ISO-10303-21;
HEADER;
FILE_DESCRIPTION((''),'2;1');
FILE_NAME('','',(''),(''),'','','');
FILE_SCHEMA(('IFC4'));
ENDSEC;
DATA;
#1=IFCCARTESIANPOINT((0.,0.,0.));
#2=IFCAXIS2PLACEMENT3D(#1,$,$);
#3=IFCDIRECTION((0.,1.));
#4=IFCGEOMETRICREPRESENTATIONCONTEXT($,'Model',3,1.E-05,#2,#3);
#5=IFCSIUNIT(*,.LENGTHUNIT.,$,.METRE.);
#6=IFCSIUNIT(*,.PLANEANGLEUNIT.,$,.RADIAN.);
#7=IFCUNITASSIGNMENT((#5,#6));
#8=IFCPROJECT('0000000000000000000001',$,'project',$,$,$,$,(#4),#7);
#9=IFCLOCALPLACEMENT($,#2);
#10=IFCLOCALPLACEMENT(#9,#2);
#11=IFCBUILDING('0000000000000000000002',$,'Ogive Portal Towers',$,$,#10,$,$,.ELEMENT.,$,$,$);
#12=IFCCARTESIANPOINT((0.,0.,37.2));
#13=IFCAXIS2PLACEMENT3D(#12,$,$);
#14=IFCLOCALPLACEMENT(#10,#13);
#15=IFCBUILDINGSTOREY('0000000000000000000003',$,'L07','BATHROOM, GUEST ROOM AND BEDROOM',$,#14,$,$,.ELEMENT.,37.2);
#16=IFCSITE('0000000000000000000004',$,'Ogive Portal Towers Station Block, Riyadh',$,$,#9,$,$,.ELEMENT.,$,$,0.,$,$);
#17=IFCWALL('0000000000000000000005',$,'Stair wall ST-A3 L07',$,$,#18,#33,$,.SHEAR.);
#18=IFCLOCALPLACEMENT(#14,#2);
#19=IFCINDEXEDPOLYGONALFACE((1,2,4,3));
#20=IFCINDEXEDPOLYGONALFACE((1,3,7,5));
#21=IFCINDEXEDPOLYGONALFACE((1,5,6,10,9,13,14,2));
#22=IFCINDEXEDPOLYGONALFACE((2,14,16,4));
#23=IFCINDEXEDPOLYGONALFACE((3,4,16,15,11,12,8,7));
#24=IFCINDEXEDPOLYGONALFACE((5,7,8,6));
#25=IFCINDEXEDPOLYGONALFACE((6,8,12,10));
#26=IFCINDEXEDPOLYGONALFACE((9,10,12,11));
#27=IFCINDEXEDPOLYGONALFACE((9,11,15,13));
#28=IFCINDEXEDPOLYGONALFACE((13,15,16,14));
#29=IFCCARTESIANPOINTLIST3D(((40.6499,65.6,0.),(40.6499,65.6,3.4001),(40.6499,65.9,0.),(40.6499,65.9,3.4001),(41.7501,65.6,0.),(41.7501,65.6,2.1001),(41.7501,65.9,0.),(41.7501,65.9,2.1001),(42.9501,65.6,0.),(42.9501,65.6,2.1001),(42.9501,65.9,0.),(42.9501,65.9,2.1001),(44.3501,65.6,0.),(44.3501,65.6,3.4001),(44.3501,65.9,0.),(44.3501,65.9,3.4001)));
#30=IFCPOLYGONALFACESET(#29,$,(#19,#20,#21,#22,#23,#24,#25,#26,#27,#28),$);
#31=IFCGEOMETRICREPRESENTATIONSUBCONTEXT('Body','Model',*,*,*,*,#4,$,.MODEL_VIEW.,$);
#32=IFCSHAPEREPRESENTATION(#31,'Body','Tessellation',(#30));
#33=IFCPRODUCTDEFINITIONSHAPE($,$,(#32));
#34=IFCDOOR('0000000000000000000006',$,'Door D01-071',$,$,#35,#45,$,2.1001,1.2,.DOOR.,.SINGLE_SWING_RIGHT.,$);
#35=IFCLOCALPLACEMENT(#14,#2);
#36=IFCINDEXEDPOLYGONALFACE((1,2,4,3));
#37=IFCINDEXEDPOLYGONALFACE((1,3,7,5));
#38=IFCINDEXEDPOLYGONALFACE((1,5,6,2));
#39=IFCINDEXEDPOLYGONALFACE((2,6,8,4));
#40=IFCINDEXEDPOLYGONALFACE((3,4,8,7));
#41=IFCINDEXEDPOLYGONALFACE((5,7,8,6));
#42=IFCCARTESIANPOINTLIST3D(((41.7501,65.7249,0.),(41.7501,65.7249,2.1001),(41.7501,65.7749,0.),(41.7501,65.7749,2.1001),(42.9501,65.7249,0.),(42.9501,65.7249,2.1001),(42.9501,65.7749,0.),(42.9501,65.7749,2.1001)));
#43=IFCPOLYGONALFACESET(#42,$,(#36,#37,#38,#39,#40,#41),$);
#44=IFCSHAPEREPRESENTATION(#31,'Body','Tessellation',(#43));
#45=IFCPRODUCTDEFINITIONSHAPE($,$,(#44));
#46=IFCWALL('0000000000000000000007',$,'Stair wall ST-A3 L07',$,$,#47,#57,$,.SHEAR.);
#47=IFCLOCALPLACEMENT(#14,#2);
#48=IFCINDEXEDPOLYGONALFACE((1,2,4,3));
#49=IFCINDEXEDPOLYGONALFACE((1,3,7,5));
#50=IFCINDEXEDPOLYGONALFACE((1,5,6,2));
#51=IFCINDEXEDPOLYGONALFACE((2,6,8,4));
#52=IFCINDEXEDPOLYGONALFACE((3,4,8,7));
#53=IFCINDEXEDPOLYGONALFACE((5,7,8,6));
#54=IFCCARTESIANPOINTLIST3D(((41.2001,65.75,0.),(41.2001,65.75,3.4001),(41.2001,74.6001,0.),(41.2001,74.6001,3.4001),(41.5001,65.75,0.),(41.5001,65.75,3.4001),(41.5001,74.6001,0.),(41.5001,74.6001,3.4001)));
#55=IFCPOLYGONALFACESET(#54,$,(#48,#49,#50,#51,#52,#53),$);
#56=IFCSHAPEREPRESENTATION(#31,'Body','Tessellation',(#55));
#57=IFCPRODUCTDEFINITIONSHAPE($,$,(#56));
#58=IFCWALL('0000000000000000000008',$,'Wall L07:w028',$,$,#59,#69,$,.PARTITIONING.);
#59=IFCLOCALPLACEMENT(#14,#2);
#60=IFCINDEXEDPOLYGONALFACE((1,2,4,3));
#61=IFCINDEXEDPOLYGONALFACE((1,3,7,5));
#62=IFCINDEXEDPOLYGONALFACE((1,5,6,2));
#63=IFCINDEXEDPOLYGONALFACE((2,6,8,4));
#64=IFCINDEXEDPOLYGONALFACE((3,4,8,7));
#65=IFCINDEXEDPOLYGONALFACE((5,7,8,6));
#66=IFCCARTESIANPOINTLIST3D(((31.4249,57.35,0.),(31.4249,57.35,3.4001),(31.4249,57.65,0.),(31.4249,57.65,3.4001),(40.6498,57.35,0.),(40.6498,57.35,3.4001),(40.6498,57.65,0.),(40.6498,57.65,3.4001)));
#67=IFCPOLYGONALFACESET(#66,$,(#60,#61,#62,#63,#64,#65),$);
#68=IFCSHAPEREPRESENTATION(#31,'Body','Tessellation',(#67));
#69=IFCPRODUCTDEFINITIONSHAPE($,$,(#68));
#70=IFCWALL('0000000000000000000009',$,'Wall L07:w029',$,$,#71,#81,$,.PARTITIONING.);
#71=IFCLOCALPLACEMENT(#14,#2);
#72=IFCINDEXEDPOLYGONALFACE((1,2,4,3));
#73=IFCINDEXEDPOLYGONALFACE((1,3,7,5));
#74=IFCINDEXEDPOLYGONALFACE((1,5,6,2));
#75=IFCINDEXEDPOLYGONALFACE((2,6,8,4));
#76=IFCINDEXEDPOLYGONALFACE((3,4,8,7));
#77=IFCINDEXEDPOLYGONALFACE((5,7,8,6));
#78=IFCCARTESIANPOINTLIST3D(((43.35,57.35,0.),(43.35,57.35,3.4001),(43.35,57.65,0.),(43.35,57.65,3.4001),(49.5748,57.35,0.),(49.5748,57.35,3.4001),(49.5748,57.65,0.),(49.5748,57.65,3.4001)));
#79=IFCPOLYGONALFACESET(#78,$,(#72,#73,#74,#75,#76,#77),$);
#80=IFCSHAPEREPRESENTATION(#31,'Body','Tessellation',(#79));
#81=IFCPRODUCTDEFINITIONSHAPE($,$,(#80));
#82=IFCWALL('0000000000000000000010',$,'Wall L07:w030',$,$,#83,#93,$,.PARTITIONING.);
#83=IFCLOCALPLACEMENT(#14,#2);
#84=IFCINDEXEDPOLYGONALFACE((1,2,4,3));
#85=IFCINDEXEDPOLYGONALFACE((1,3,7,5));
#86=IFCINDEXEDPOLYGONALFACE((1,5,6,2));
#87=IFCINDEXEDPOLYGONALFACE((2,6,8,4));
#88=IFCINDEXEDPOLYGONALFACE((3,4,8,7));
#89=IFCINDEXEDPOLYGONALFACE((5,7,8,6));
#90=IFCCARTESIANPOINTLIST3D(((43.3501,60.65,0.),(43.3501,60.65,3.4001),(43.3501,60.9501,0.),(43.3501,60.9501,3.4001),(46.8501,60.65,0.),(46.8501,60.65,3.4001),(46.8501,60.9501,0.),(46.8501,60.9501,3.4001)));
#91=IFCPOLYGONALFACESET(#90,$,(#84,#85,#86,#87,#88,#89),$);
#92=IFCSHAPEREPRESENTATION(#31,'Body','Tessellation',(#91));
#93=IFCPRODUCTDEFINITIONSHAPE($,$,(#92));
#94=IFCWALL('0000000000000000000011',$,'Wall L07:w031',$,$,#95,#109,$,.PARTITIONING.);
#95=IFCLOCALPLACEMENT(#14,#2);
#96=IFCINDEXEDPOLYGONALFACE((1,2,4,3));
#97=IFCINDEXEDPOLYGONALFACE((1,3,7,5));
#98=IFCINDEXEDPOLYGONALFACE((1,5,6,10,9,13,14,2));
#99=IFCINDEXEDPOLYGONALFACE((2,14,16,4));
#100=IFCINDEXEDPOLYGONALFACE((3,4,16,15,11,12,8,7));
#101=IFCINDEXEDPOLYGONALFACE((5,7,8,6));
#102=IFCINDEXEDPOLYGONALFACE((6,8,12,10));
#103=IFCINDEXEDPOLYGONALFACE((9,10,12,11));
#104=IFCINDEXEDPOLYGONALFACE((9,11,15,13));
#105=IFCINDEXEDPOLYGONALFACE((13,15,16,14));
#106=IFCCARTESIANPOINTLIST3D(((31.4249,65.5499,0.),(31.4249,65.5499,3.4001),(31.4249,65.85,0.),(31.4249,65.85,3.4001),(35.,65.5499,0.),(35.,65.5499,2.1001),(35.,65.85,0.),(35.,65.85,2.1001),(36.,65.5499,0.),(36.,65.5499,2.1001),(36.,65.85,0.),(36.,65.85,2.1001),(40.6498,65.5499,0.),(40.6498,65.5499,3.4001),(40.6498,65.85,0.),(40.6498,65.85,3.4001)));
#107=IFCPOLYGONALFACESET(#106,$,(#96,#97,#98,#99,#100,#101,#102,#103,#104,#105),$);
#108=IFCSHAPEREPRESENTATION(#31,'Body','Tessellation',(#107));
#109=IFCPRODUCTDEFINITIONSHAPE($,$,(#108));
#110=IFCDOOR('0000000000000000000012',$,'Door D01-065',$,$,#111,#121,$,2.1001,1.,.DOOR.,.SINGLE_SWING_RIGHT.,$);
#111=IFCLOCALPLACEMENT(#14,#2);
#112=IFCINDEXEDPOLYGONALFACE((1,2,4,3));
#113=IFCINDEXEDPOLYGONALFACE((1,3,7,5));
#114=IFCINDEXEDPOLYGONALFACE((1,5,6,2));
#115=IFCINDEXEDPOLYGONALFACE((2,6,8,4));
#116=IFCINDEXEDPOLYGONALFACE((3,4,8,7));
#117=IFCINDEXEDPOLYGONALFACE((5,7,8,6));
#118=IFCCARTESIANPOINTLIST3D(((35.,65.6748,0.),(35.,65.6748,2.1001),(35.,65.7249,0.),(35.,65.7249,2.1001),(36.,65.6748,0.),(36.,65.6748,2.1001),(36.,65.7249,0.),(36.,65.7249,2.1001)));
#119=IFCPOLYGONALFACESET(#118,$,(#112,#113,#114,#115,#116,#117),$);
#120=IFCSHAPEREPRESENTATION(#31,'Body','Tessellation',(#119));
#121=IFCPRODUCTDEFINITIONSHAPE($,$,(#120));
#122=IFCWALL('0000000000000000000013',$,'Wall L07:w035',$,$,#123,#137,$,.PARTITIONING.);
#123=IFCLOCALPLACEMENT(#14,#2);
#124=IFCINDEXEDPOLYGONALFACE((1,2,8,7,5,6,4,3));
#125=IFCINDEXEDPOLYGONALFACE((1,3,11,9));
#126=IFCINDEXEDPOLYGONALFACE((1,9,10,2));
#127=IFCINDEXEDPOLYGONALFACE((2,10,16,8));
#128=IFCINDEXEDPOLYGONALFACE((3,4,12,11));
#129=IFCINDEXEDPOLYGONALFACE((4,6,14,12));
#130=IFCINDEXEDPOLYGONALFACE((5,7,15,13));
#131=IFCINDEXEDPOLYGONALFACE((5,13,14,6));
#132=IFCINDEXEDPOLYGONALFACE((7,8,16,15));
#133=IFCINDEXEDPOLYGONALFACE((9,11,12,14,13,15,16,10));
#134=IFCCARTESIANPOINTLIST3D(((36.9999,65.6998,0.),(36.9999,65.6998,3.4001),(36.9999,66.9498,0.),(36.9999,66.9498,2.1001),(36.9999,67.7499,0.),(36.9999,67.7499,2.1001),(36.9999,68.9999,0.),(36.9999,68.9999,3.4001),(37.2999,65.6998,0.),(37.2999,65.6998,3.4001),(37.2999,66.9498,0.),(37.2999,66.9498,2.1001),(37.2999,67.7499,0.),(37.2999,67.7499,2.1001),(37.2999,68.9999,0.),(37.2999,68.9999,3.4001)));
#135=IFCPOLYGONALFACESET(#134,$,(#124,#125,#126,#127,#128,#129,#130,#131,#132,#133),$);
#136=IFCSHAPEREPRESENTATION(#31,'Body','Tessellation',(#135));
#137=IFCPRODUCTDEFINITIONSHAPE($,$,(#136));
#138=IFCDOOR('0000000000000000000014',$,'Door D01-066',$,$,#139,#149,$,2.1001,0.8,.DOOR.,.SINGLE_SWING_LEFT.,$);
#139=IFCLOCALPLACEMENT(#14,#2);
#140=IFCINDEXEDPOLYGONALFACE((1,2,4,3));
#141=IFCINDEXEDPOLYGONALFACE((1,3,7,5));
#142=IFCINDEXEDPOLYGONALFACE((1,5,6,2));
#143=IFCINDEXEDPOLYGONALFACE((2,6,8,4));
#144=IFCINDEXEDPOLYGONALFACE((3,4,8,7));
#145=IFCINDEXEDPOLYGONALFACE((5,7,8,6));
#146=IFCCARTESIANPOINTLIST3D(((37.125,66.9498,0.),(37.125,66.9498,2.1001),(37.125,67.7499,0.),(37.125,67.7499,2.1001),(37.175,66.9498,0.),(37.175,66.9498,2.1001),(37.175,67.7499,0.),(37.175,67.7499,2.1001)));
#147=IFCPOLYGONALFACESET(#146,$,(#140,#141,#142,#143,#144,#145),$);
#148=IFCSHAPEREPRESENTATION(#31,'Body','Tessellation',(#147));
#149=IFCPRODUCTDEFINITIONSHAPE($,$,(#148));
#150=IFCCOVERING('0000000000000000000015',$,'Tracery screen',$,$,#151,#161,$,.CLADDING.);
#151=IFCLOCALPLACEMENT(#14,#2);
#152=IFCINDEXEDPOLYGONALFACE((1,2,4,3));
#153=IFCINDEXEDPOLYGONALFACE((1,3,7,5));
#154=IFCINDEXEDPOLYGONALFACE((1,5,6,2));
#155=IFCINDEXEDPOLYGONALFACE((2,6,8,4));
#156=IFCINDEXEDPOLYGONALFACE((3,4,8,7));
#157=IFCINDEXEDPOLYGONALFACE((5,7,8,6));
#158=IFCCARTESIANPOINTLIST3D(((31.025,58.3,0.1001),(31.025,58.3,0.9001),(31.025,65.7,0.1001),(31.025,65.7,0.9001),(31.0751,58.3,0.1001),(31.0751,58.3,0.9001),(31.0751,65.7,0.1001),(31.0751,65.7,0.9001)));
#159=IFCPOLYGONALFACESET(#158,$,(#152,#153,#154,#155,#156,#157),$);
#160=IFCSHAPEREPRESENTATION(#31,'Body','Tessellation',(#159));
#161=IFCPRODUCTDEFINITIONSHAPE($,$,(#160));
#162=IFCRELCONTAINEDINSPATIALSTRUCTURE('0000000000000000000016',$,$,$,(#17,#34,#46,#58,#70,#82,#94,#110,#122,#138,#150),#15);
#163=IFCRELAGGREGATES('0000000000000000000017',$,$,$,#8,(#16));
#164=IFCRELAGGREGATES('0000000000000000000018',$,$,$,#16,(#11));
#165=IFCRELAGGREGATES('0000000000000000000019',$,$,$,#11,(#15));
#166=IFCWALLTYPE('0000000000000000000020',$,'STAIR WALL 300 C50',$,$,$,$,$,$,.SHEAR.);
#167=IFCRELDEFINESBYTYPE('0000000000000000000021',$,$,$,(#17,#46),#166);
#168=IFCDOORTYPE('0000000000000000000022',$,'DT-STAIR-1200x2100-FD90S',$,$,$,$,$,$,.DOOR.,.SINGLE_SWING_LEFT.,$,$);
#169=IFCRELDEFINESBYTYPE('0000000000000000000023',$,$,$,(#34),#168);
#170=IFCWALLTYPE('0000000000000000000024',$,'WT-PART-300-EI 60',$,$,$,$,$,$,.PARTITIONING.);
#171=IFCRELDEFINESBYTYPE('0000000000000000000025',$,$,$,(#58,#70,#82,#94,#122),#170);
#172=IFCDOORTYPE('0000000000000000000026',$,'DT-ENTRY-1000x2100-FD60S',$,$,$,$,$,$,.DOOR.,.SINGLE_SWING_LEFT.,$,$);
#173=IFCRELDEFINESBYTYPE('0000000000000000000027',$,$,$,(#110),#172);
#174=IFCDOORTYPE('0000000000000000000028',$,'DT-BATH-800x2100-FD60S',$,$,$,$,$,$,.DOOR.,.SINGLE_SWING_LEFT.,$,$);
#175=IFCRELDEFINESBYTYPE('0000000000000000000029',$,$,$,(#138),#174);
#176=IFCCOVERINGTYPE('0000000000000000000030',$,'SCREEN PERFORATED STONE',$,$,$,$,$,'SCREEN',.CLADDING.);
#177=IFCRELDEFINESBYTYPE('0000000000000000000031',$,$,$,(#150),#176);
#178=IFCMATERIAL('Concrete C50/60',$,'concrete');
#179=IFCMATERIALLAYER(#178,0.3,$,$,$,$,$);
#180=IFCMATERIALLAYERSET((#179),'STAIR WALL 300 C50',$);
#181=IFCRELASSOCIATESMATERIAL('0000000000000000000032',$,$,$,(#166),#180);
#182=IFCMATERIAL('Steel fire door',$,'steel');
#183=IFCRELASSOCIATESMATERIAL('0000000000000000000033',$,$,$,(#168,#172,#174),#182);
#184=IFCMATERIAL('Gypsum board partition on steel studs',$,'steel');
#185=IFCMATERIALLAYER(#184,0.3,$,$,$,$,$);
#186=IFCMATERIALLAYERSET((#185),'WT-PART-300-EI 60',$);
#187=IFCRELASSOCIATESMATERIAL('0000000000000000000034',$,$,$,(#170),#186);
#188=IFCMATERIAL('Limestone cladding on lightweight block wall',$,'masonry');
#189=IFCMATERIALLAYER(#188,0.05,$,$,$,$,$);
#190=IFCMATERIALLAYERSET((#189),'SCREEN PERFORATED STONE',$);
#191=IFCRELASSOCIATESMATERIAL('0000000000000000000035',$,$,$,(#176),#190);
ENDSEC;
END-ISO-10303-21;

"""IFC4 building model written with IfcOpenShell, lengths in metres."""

from ifc_helpers import new_model, si_unit, direction, frame, frame_2d, origin, origin_2d, place, context, subcontext, project, spatial, rectangle, extrude, material, layer, layer_set, type_object, element, fill, save


model = new_model("IFC4")

# Units and contexts
model_context = context("Model", 3, precision=1e-05, world=origin(), true_north=direction((0.0, 1.0)))
body_context = subcontext(model_context, "Body", "Model", "MODEL_VIEW")
ifc_project = project(units=[si_unit("LENGTHUNIT", "METRE"), si_unit("PLANEANGLEUNIT", "RADIAN")], contexts=[model_context])

# Site, building, storey
site_placement = place(None, origin())
site = spatial("IfcSite", under=ifc_project, at=site_placement, Name="Ogive Portal Towers Station Block, Riyadh", CompositionType="ELEMENT", RefElevation=0.0)
building_placement = place(site_placement, origin())
building = spatial("IfcBuilding", under=site, at=building_placement, Name="Ogive Portal Towers", CompositionType="ELEMENT")
storey_placement = place(building_placement, frame((0.0, 0.0, 37.2)))
storey = spatial("IfcBuildingStorey", under=building, at=storey_placement, Name="L07", Description="BATHROOM, GUEST ROOM AND BEDROOM", CompositionType="ELEMENT", Elevation=37.2)

# Shared definitions
ifc_material_1 = material(Name="Limestone cladding on lightweight block wall", Category="masonry")

# Wall, opening, door
ifc_material_2 = material(Name="Concrete C50/60", Category="concrete")
ifc_layer_1 = layer(ifc_material_2, 0.3)
ifc_layer_set_1 = layer_set([ifc_layer_1], Name="STAIR WALL 300 C50")
wall_type_1 = type_object("IfcWallType", Name="STAIR WALL 300 C50", PredefinedType="SHEAR", material=ifc_layer_set_1)
wall_1_placement = place(storey_placement, frame((40.6499, 65.75, 0.0), z_axis=(0.0, 0.0, 1.0), x_axis=(1.0, 0.0, 0.0)))
wall_1 = element("IfcWall", 1, at=wall_1_placement, inside=storey, type_object=wall_type_1, Name="Stair wall ST-A3 L07", PredefinedType="SHEAR", context=body_context, shape_type="SweptSolid", body=[
    extrude(rectangle(XDim=3.7002, YDim=0.3, at=frame_2d((1.8501, 0.0))), origin(), (0.0, 0.0, 1.0), 3.4001),
])
opening_1_placement = place(wall_1_placement, frame((1.1001, 0.0, 0.0)))
opening_1 = element("IfcOpeningElement", 2, at=opening_1_placement, cuts=wall_1, PredefinedType="OPENING", context=body_context, shape_type="SweptSolid", body=[
    extrude(rectangle(XDim=1.2, YDim=2.1001, at=frame_2d((0.6001, 1.05))), frame((0.0, 0.1602, 0.0), z_axis=(0.0, -1.0, 0.0), x_axis=(1.0, 0.0, 0.0)), (0.0, 0.0, 1.0), 0.3201),
])
ifc_material_3 = material(Name="Steel fire door", Category="steel")
door_type_1 = type_object("IfcDoorType", Name="DT-STAIR-1200x2100-FD90S", OperationType="SINGLE_SWING_LEFT", PredefinedType="DOOR", material=ifc_material_3)
door_1_placement = place(opening_1_placement, origin())
door_1 = element("IfcDoor", 3, at=door_1_placement, inside=storey, type_object=door_type_1, Name="Door D01-071", OperationType="SINGLE_SWING_RIGHT", OverallHeight=2.1001, OverallWidth=1.2, PredefinedType="DOOR", context=body_context, shape_type="SweptSolid", body=[
    extrude(rectangle(XDim=1.2, YDim=2.1001, at=frame_2d((0.6001, 1.05))), frame((0.0, 0.0249, 0.0), z_axis=(0.0, -1.0, 0.0), x_axis=(1.0, 0.0, 0.0)), (0.0, 0.0, 1.0), 0.05),
])
fill(opening_1, door_1)

# Walls
wall_2_placement = place(storey_placement, frame((41.3501, 65.75, 0.0), z_axis=(0.0, 0.0, 1.0), x_axis=(0.0, 1.0, 0.0)))
element("IfcWall", 4, at=wall_2_placement, inside=storey, type_object=wall_type_1, Name="Stair wall ST-A3 L07", PredefinedType="SHEAR", context=body_context, shape_type="SweptSolid", body=[
    extrude(rectangle(XDim=8.8501, YDim=0.3, at=frame_2d((4.425, 0.0))), origin(), (0.0, 0.0, 1.0), 3.4001),
])
ifc_material_4 = material(Name="Gypsum board partition on steel studs", Category="steel")
ifc_layer_2 = layer(ifc_material_4, 0.3)
ifc_layer_set_2 = layer_set([ifc_layer_2], Name="WT-PART-300-EI 60")
wall_type_2 = type_object("IfcWallType", Name="WT-PART-300-EI 60", PredefinedType="PARTITIONING", material=ifc_layer_set_2)
wall_3_placement = place(storey_placement, frame((31.425, 57.5, 0.0), z_axis=(0.0, 0.0, 1.0), x_axis=(1.0, 0.0, 0.0)))
element("IfcWall", 5, at=wall_3_placement, inside=storey, type_object=wall_type_2, Name="Wall L07:w028", PredefinedType="PARTITIONING", context=body_context, shape_type="SweptSolid", body=[
    extrude(rectangle(XDim=9.2249, YDim=0.3, at=frame_2d((4.6123, 0.0))), origin(), (0.0, 0.0, 1.0), 3.4001),
])
wall_4_placement = place(storey_placement, frame((43.3501, 57.5, 0.0), z_axis=(0.0, 0.0, 1.0), x_axis=(1.0, 0.0, 0.0)))
element("IfcWall", 6, at=wall_4_placement, inside=storey, type_object=wall_type_2, Name="Wall L07:w029", PredefinedType="PARTITIONING", context=body_context, shape_type="SweptSolid", body=[
    extrude(rectangle(XDim=6.2249, YDim=0.3, at=frame_2d((3.1123, 0.0))), origin(), (0.0, 0.0, 1.0), 3.4001),
])
wall_5_placement = place(storey_placement, frame((43.3501, 60.8, 0.0), z_axis=(0.0, 0.0, 1.0), x_axis=(1.0, 0.0, 0.0)))
element("IfcWall", 7, at=wall_5_placement, inside=storey, type_object=wall_type_2, Name="Wall L07:w030", PredefinedType="PARTITIONING", context=body_context, shape_type="SweptSolid", body=[
    extrude(rectangle(XDim=3.5, YDim=0.3, at=frame_2d((1.75, 0.0))), origin(), (0.0, 0.0, 1.0), 3.4001),
])

# Walls, openings, doors
wall_6_placement = place(storey_placement, frame((31.425, 65.7, 0.0), z_axis=(0.0, 0.0, 1.0), x_axis=(1.0, 0.0, 0.0)))
wall_6 = element("IfcWall", 8, at=wall_6_placement, inside=storey, type_object=wall_type_2, Name="Wall L07:w031", PredefinedType="PARTITIONING", context=body_context, shape_type="SweptSolid", body=[
    extrude(rectangle(XDim=9.2249, YDim=0.3, at=frame_2d((4.6123, 0.0))), origin(), (0.0, 0.0, 1.0), 3.4001),
])
opening_2_placement = place(wall_6_placement, frame((3.575, 0.0, 0.0)))
opening_2 = element("IfcOpeningElement", 9, at=opening_2_placement, cuts=wall_6, PredefinedType="OPENING", context=body_context, shape_type="SweptSolid", body=[
    extrude(rectangle(XDim=1.0, YDim=2.1001, at=frame_2d((0.5, 1.05))), frame((0.0, 0.1602, 0.0), z_axis=(0.0, -1.0, 0.0), x_axis=(1.0, 0.0, 0.0)), (0.0, 0.0, 1.0), 0.3201),
])
door_type_2 = type_object("IfcDoorType", Name="DT-ENTRY-1000x2100-FD60S", OperationType="SINGLE_SWING_LEFT", PredefinedType="DOOR", material=ifc_material_3)
door_2_placement = place(opening_2_placement, origin())
door_2 = element("IfcDoor", 10, at=door_2_placement, inside=storey, type_object=door_type_2, Name="Door D01-065", OperationType="SINGLE_SWING_RIGHT", OverallHeight=2.1001, OverallWidth=1.0, PredefinedType="DOOR", context=body_context, shape_type="SweptSolid", body=[
    extrude(rectangle(XDim=1.0, YDim=2.1001, at=frame_2d((0.5, 1.05))), frame((0.0, 0.0249, 0.0), z_axis=(0.0, -1.0, 0.0), x_axis=(1.0, 0.0, 0.0)), (0.0, 0.0, 1.0), 0.05),
])
fill(opening_2, door_2)
wall_7_placement = place(storey_placement, frame((37.1499, 65.7, 0.0), z_axis=(0.0, 0.0, 1.0), x_axis=(0.0, 1.0, 0.0)))
wall_7 = element("IfcWall", 11, at=wall_7_placement, inside=storey, type_object=wall_type_2, Name="Wall L07:w035", PredefinedType="PARTITIONING", context=body_context, shape_type="SweptSolid", body=[
    extrude(rectangle(XDim=3.3, YDim=0.3, at=frame_2d((1.6499, 0.0))), origin(), (0.0, 0.0, 1.0), 3.4001),
])
opening_3_placement = place(wall_7_placement, frame((1.25, 0.0, 0.0)))
opening_3 = element("IfcOpeningElement", 12, at=opening_3_placement, cuts=wall_7, PredefinedType="OPENING", context=body_context, shape_type="SweptSolid", body=[
    extrude(rectangle(XDim=0.8, YDim=2.1001, at=frame_2d((0.3999, 1.05))), frame((0.0, 0.1602, 0.0), z_axis=(0.0, -1.0, 0.0), x_axis=(1.0, 0.0, 0.0)), (0.0, 0.0, 1.0), 0.3201),
])
door_type_3 = type_object("IfcDoorType", Name="DT-BATH-800x2100-FD60S", OperationType="SINGLE_SWING_LEFT", PredefinedType="DOOR", material=ifc_material_3)
door_3_placement = place(opening_3_placement, origin())
door_3 = element("IfcDoor", 13, at=door_3_placement, inside=storey, type_object=door_type_3, Name="Door D01-066", OperationType="SINGLE_SWING_LEFT", OverallHeight=2.1001, OverallWidth=0.8, PredefinedType="DOOR", context=body_context, shape_type="SweptSolid", body=[
    extrude(rectangle(XDim=0.8, YDim=2.1001, at=frame_2d((0.3999, 1.05))), frame((0.0, 0.0249, 0.0), z_axis=(0.0, -1.0, 0.0), x_axis=(1.0, 0.0, 0.0)), (0.0, 0.0, 1.0), 0.05),
])
fill(opening_3, door_3)

# Covering
ifc_layer_3 = layer(ifc_material_1, 0.05)
ifc_layer_set_3 = layer_set([ifc_layer_3], Name="SCREEN PERFORATED STONE")
covering_type = type_object("IfcCoveringType", Name="SCREEN PERFORATED STONE", ElementType="SCREEN", PredefinedType="CLADDING", material=ifc_layer_set_3)
covering_placement = place(storey_placement, frame((31.05, 62.0, 0.1001), z_axis=(0.0, 0.0, 1.0), x_axis=(0.0, -1.0, 0.0)))
element("IfcCovering", 14, at=covering_placement, inside=storey, type_object=covering_type, Name="Tracery screen", PredefinedType="CLADDING", context=body_context, shape_type="SweptSolid", body=[
    extrude(rectangle(XDim=7.3999, YDim=0.05, at=origin_2d()), origin(), (0.0, 0.0, 1.0), 0.8),
])

save(model, "model.ifc")
